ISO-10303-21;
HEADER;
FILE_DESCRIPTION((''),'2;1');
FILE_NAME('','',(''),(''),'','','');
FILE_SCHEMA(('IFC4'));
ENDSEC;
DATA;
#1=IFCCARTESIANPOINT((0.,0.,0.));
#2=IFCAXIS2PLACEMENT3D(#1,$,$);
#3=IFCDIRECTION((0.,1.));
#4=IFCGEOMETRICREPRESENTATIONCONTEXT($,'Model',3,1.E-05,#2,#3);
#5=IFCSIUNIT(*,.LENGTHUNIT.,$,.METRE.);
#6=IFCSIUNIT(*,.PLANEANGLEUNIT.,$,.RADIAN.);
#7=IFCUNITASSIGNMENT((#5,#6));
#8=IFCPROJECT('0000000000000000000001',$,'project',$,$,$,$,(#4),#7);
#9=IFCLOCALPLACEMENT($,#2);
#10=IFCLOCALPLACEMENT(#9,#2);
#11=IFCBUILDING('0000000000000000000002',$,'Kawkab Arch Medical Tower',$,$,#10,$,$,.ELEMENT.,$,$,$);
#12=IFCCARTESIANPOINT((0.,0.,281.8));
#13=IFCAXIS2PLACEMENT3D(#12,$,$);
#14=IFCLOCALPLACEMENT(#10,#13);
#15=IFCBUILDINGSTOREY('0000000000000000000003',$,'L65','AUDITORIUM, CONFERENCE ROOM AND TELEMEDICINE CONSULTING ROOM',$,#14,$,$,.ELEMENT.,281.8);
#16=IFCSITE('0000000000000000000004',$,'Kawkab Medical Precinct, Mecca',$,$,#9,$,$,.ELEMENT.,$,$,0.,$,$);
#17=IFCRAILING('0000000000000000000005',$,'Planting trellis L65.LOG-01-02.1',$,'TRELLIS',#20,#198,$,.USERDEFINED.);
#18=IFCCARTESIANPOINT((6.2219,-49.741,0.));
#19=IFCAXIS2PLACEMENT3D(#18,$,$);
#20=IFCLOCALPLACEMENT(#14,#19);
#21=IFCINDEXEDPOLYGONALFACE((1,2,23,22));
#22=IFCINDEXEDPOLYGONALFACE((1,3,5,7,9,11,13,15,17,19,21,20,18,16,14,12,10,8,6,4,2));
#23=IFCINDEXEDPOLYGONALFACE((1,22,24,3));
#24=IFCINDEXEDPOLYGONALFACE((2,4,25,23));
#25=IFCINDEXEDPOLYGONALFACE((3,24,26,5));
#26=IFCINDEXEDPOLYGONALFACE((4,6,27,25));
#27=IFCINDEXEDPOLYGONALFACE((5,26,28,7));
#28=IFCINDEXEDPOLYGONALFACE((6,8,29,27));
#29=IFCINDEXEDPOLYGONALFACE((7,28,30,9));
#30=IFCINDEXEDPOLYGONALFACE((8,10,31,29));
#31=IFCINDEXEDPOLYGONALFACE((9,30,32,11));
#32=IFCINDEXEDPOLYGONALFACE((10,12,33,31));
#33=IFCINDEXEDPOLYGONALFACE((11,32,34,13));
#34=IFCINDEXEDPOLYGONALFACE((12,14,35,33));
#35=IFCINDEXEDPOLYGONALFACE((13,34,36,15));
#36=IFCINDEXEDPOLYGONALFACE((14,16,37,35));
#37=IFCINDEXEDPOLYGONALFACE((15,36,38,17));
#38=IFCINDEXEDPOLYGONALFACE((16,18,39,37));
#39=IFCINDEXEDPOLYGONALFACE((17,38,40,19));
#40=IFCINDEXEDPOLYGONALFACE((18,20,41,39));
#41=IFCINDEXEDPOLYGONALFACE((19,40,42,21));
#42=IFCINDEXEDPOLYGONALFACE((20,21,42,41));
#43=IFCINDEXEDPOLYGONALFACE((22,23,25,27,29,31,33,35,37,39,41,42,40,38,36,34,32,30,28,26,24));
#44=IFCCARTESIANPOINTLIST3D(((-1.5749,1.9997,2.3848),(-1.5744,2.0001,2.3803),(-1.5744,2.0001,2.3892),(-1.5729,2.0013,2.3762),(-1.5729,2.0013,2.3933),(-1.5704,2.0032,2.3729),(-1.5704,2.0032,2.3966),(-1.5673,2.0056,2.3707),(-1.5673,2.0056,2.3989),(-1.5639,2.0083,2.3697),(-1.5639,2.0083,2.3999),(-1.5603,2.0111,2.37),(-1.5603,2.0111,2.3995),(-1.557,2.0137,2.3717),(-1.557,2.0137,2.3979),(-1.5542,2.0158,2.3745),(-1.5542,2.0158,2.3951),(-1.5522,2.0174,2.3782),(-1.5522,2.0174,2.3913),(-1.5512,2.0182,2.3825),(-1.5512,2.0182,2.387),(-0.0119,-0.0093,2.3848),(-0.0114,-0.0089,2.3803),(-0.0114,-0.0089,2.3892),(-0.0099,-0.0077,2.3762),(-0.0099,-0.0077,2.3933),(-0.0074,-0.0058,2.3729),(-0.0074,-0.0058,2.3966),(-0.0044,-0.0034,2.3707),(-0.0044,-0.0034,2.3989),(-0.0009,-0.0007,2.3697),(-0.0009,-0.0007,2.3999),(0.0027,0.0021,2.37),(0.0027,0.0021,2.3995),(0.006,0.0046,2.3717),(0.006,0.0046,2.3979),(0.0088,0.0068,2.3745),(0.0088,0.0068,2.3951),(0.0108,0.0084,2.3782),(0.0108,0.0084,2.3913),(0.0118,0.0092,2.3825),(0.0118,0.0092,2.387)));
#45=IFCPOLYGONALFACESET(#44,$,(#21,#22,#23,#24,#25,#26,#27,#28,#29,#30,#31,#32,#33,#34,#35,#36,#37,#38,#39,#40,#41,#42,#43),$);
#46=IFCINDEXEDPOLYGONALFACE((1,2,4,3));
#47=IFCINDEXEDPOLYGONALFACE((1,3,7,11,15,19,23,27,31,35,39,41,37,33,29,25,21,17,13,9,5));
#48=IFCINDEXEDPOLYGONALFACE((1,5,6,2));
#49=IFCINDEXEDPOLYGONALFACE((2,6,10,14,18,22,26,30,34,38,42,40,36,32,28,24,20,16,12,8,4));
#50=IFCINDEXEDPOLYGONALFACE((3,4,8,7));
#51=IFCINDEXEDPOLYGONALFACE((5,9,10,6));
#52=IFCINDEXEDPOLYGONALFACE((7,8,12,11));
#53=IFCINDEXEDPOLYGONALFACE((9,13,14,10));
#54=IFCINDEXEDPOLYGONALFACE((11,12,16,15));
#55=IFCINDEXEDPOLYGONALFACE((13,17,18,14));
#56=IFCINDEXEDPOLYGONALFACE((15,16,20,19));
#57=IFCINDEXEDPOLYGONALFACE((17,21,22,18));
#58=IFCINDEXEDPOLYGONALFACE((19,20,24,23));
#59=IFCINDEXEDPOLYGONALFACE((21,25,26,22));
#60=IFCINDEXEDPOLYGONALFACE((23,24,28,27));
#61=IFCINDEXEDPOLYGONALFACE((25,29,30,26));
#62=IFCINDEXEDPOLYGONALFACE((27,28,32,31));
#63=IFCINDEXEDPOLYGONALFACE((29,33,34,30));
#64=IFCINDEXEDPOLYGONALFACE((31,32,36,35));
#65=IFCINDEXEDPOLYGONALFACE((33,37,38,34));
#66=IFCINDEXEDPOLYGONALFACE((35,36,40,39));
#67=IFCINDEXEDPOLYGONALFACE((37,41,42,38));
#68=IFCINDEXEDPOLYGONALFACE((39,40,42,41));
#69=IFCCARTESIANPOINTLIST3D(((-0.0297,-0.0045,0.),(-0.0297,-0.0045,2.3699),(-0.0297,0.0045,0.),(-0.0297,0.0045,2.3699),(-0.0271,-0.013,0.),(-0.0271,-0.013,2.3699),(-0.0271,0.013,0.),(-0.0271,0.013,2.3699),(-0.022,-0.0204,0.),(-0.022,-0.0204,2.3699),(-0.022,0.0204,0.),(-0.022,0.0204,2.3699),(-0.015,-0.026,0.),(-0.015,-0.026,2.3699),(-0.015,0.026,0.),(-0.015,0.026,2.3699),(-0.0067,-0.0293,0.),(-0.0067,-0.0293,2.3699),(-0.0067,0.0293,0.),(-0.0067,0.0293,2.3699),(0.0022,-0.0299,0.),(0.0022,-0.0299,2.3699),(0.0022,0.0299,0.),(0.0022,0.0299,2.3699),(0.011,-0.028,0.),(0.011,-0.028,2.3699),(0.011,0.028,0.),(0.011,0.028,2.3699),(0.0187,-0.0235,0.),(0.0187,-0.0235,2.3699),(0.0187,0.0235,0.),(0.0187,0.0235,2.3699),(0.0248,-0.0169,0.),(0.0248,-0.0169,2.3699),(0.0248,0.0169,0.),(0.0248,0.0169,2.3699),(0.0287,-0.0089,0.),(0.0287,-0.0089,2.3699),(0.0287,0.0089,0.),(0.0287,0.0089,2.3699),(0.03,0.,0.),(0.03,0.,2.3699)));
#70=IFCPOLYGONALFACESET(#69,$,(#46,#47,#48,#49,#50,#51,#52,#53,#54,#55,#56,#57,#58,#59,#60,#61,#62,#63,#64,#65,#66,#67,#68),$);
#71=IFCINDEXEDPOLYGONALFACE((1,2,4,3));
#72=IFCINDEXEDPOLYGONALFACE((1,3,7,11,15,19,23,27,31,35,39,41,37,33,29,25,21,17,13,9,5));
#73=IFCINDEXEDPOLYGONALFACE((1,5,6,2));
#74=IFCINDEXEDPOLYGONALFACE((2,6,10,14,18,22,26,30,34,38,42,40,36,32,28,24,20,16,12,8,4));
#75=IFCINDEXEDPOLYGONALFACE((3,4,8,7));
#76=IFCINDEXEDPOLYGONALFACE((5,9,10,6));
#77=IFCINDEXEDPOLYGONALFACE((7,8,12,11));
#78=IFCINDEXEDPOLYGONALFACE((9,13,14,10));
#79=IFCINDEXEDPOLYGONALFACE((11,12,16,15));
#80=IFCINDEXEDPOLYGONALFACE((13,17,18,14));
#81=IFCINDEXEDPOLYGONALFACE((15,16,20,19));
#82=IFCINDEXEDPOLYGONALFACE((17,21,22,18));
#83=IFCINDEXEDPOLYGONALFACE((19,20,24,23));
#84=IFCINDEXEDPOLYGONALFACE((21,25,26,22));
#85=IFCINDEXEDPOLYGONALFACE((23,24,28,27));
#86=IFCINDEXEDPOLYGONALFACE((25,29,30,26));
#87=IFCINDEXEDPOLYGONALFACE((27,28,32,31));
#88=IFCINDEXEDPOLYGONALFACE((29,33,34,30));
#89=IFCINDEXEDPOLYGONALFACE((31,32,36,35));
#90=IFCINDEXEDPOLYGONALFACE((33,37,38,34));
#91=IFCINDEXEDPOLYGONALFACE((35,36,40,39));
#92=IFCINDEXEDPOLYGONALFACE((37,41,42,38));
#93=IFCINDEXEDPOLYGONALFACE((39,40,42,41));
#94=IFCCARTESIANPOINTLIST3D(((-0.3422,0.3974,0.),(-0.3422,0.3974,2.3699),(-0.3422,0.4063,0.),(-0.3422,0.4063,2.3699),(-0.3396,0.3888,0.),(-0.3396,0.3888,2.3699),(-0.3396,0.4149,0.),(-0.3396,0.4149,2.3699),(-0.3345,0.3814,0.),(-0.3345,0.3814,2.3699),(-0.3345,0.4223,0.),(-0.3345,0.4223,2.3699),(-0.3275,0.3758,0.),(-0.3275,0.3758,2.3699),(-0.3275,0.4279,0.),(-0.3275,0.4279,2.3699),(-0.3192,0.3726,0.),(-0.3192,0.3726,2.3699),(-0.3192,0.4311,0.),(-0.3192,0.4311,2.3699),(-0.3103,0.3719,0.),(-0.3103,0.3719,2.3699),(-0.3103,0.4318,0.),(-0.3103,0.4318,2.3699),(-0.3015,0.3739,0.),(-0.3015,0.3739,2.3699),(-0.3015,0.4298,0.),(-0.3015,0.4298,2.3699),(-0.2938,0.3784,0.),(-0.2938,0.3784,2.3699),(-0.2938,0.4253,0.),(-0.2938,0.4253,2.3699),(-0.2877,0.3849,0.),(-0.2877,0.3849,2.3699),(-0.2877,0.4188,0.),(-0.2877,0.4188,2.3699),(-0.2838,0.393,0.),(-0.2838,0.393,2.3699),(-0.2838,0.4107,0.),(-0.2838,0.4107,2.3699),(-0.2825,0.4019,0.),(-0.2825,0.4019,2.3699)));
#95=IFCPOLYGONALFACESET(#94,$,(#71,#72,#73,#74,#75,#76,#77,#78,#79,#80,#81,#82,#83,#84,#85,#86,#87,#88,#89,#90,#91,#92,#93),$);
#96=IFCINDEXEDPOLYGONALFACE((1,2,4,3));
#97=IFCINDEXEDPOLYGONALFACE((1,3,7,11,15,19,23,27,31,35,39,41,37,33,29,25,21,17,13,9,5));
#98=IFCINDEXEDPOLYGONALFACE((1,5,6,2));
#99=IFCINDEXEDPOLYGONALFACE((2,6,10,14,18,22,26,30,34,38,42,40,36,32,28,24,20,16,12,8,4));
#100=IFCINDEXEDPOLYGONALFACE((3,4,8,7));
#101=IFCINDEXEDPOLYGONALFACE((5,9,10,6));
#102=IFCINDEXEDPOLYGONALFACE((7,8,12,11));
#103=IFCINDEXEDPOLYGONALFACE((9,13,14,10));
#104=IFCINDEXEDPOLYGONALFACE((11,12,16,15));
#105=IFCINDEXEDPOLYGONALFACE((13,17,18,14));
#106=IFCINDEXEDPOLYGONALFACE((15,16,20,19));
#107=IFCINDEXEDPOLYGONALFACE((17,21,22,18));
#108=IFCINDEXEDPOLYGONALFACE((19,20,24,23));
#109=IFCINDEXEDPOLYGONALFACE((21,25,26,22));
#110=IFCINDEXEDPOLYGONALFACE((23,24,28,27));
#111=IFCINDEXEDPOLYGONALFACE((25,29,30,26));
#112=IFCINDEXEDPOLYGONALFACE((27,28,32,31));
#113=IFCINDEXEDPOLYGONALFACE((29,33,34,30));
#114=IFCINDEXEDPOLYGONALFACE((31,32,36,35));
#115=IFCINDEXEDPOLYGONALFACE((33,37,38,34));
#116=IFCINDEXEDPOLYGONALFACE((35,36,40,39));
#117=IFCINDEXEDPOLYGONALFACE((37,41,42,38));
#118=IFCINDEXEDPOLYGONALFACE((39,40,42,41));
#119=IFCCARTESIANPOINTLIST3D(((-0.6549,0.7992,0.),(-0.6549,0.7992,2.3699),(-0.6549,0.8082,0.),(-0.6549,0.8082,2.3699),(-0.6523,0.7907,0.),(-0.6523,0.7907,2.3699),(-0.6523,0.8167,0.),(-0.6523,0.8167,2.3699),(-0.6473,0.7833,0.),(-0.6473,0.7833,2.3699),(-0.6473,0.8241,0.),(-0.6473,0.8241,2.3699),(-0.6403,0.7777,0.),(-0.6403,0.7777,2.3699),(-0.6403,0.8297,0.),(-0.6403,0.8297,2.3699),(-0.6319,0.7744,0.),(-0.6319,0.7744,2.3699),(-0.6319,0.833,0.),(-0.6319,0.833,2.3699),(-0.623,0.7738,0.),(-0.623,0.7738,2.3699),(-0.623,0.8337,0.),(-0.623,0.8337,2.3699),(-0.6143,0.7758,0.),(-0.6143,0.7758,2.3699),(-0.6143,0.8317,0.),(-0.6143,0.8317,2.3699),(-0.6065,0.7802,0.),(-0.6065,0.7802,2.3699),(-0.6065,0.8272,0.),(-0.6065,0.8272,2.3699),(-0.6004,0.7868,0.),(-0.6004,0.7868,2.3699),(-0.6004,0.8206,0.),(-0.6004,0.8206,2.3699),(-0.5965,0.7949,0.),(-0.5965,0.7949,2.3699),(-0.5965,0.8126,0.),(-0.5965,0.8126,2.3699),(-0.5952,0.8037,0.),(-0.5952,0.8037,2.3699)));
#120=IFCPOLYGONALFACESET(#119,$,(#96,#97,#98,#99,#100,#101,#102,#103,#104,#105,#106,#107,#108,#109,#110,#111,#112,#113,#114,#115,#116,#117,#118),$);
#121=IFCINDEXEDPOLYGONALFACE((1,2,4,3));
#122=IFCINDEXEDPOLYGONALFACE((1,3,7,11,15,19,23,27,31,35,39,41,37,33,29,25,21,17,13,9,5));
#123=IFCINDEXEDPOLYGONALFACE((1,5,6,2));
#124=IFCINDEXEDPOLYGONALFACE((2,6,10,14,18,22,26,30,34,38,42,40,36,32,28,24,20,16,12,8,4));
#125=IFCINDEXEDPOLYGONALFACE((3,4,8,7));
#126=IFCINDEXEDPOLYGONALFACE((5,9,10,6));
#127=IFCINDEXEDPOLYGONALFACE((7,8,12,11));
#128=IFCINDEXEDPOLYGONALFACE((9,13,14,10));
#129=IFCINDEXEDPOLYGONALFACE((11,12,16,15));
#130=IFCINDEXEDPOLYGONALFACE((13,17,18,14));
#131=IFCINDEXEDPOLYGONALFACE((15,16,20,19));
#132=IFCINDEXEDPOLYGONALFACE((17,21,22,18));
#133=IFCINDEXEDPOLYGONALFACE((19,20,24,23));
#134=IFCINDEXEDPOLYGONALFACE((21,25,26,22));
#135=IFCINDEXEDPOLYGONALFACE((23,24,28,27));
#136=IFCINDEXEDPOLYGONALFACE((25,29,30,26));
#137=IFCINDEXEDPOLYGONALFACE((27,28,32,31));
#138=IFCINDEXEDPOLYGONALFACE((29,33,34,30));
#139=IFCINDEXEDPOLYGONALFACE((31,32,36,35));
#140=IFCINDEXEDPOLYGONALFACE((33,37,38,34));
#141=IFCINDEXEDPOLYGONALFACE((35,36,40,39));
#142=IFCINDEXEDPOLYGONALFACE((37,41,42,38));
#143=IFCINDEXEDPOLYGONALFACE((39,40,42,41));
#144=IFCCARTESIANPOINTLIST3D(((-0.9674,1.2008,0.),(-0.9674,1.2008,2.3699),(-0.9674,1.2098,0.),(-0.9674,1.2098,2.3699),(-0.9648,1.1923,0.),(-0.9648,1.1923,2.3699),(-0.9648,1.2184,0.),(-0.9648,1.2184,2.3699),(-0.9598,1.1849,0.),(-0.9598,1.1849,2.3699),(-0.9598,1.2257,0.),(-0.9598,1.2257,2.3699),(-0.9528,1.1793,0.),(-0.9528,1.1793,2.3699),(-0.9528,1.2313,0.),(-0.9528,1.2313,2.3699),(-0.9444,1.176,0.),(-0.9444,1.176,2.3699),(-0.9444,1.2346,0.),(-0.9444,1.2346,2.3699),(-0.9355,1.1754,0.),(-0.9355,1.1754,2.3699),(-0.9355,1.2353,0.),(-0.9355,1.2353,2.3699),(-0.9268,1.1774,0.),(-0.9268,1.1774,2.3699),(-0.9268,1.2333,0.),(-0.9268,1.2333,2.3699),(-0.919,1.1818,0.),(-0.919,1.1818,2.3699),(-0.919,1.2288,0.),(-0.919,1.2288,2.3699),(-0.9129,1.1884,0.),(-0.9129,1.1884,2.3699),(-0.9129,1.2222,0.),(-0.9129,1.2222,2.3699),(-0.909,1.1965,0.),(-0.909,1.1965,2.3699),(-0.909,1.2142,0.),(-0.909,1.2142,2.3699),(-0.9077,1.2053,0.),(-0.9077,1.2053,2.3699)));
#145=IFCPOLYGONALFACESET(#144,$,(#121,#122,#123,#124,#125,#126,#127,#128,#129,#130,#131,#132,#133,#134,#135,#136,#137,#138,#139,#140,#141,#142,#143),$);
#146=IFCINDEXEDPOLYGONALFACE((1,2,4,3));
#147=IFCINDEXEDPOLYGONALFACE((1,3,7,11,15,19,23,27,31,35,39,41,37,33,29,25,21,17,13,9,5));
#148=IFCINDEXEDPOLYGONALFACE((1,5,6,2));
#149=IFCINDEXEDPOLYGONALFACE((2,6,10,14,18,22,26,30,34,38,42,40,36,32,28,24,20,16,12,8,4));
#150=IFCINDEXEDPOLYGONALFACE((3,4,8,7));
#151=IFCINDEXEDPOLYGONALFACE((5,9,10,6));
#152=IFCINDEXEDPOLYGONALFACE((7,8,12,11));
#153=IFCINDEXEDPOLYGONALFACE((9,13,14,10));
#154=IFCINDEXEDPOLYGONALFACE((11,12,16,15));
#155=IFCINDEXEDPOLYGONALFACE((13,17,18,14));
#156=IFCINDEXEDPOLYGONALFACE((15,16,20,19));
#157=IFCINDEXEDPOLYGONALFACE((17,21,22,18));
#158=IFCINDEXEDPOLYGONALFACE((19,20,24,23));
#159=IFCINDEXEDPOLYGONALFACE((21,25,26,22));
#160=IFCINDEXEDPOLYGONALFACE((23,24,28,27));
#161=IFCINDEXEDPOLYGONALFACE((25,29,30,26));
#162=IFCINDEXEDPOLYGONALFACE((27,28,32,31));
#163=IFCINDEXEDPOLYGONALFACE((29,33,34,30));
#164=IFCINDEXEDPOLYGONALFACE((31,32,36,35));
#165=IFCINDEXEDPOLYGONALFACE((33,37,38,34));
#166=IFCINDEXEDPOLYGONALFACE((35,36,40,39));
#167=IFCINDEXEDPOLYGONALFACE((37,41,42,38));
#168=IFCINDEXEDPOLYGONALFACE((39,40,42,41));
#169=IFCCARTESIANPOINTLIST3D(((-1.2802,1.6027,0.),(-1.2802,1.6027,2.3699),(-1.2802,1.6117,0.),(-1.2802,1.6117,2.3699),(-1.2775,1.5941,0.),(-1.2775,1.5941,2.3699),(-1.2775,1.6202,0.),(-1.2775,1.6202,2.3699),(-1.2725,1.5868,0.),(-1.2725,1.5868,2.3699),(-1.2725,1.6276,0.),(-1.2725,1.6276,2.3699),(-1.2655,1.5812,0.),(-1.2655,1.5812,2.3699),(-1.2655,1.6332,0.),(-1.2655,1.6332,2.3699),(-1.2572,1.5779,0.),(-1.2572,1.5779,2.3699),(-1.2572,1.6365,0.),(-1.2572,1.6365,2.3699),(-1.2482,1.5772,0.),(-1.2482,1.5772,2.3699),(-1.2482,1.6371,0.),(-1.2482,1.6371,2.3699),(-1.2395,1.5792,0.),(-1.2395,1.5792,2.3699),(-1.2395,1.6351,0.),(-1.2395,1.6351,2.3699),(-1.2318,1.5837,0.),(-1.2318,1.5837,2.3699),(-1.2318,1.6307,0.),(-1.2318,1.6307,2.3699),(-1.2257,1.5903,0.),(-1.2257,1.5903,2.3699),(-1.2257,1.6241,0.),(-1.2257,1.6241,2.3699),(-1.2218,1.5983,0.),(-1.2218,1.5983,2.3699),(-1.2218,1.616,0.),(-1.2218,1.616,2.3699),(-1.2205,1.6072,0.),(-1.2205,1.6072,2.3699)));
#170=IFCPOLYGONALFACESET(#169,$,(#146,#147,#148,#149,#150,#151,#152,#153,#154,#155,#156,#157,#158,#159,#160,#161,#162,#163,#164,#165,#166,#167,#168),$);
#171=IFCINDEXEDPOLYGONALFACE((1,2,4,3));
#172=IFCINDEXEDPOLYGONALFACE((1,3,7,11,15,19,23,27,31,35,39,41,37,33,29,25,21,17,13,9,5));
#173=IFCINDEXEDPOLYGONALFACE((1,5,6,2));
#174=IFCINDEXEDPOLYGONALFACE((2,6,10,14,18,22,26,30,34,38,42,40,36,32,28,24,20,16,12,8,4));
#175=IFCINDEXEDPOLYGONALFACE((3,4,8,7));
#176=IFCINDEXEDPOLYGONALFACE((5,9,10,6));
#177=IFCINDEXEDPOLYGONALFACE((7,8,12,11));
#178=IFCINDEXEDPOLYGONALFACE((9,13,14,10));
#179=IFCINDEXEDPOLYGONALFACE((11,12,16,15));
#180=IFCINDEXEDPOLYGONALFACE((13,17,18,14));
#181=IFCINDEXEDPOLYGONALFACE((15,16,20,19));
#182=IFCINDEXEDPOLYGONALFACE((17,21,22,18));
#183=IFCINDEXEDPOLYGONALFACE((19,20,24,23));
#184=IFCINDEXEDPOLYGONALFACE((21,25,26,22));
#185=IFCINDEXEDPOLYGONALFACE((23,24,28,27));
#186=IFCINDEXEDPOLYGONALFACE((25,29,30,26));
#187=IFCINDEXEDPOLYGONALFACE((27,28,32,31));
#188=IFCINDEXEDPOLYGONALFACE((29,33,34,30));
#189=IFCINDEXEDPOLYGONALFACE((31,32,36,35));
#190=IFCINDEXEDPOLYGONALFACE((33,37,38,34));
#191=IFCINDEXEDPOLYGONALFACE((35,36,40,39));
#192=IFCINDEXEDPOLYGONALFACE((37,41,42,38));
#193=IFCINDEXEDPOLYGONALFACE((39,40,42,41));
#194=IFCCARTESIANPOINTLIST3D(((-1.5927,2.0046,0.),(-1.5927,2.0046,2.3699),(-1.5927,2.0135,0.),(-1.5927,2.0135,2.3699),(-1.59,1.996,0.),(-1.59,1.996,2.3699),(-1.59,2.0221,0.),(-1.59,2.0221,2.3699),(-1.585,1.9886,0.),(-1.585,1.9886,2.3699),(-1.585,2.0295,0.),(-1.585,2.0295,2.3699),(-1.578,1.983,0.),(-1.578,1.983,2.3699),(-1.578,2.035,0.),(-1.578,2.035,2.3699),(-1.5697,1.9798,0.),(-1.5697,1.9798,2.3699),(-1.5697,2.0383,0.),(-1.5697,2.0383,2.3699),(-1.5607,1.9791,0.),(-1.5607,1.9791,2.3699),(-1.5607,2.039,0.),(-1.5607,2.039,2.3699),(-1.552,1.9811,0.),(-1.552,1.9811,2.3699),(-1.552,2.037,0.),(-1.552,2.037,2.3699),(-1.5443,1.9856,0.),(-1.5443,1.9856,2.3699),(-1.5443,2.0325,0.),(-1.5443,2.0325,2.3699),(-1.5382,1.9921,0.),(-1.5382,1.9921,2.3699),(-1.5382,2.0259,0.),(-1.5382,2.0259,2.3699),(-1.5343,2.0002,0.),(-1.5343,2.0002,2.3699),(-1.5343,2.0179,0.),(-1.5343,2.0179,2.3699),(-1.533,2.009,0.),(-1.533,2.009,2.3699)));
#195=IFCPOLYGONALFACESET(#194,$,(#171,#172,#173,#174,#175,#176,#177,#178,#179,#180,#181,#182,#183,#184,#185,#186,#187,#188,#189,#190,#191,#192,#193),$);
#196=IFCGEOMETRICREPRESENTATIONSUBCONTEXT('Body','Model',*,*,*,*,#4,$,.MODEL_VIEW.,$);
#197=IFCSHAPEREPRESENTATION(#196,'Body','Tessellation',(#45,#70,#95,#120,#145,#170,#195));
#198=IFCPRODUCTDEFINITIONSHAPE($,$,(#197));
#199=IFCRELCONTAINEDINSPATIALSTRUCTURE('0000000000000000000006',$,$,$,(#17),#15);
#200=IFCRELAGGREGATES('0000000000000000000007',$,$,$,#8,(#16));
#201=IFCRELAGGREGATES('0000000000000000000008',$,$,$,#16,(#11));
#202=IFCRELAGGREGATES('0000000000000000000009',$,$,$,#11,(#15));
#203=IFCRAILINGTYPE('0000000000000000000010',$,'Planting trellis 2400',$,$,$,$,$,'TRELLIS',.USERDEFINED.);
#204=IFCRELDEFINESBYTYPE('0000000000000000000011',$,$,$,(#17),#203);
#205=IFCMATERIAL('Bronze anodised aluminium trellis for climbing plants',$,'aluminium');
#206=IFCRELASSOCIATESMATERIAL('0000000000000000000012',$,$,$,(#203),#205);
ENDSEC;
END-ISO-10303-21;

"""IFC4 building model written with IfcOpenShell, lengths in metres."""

from ifc_helpers import new_model, si_unit, direction, frame, origin, origin_2d, place, context, subcontext, project, spatial, circle, extrude, material, type_object, element, save


model = new_model("IFC4")

# Units and contexts
model_context = context("Model", 3, precision=1e-05, world=origin(), true_north=direction((0.0, 1.0)))
body_context = subcontext(model_context, "Body", "Model", "MODEL_VIEW")
ifc_project = project(units=[si_unit("LENGTHUNIT", "METRE"), si_unit("PLANEANGLEUNIT", "RADIAN")], contexts=[model_context])

# Site, building, storey
site_placement = place(None, origin())
site = spatial("IfcSite", under=ifc_project, at=site_placement, Name="Kawkab Medical Precinct, Mecca", CompositionType="ELEMENT", RefElevation=0.0)
building_placement = place(site_placement, origin())
building = spatial("IfcBuilding", under=site, at=building_placement, Name="Kawkab Arch Medical Tower", CompositionType="ELEMENT")
storey_placement = place(building_placement, frame((0.0, 0.0, 281.8)))
storey = spatial("IfcBuildingStorey", under=building, at=storey_placement, Name="L65", Description="AUDITORIUM, CONFERENCE ROOM AND TELEMEDICINE CONSULTING ROOM", CompositionType="ELEMENT", Elevation=281.8)

# Railing
ifc_material_1 = material(Name="Bronze anodised aluminium trellis for climbing plants", Category="aluminium")
railing_type_1 = type_object("IfcRailingType", Name="Planting trellis 2400", ElementType="TRELLIS", PredefinedType="USERDEFINED", material=ifc_material_1)
railing_1_placement = place(storey_placement, frame((6.2219, -49.741, 0.0)))
element("IfcRailing", 1, at=railing_1_placement, inside=storey, type_object=railing_type_1, Name="Planting trellis L65.LOG-01-02.1", ObjectType="TRELLIS", PredefinedType="USERDEFINED", context=body_context, shape_type="SweptSolid", body=[
    extrude(circle(Radius=0.0151, at=origin_2d()), frame((0.0, 0.0, 2.3848), z_axis=(-0.61404, 0.789275, 0.0), x_axis=(-0.789275, -0.61404, 0.0)), (0.0, 0.0, 1.0), 2.5454),
    extrude(circle(Radius=0.03, at=origin_2d()), origin(), (0.0, 0.0, 1.0), 2.3699),
    extrude(circle(Radius=0.03, at=origin_2d()), frame((-0.3125, 0.4019, 0.0)), (0.0, 0.0, 1.0), 2.3699),
    extrude(circle(Radius=0.03, at=origin_2d()), frame((-0.6252, 0.8037, 0.0)), (0.0, 0.0, 1.0), 2.3699),
    extrude(circle(Radius=0.03, at=origin_2d()), frame((-0.9377, 1.2053, 0.0)), (0.0, 0.0, 1.0), 2.3699),
    extrude(circle(Radius=0.03, at=origin_2d()), frame((-1.2505, 1.6072, 0.0)), (0.0, 0.0, 1.0), 2.3699),
    extrude(circle(Radius=0.03, at=origin_2d()), frame((-1.563, 2.009, 0.0)), (0.0, 0.0, 1.0), 2.3699),
])

save(model, "model.ifc")
